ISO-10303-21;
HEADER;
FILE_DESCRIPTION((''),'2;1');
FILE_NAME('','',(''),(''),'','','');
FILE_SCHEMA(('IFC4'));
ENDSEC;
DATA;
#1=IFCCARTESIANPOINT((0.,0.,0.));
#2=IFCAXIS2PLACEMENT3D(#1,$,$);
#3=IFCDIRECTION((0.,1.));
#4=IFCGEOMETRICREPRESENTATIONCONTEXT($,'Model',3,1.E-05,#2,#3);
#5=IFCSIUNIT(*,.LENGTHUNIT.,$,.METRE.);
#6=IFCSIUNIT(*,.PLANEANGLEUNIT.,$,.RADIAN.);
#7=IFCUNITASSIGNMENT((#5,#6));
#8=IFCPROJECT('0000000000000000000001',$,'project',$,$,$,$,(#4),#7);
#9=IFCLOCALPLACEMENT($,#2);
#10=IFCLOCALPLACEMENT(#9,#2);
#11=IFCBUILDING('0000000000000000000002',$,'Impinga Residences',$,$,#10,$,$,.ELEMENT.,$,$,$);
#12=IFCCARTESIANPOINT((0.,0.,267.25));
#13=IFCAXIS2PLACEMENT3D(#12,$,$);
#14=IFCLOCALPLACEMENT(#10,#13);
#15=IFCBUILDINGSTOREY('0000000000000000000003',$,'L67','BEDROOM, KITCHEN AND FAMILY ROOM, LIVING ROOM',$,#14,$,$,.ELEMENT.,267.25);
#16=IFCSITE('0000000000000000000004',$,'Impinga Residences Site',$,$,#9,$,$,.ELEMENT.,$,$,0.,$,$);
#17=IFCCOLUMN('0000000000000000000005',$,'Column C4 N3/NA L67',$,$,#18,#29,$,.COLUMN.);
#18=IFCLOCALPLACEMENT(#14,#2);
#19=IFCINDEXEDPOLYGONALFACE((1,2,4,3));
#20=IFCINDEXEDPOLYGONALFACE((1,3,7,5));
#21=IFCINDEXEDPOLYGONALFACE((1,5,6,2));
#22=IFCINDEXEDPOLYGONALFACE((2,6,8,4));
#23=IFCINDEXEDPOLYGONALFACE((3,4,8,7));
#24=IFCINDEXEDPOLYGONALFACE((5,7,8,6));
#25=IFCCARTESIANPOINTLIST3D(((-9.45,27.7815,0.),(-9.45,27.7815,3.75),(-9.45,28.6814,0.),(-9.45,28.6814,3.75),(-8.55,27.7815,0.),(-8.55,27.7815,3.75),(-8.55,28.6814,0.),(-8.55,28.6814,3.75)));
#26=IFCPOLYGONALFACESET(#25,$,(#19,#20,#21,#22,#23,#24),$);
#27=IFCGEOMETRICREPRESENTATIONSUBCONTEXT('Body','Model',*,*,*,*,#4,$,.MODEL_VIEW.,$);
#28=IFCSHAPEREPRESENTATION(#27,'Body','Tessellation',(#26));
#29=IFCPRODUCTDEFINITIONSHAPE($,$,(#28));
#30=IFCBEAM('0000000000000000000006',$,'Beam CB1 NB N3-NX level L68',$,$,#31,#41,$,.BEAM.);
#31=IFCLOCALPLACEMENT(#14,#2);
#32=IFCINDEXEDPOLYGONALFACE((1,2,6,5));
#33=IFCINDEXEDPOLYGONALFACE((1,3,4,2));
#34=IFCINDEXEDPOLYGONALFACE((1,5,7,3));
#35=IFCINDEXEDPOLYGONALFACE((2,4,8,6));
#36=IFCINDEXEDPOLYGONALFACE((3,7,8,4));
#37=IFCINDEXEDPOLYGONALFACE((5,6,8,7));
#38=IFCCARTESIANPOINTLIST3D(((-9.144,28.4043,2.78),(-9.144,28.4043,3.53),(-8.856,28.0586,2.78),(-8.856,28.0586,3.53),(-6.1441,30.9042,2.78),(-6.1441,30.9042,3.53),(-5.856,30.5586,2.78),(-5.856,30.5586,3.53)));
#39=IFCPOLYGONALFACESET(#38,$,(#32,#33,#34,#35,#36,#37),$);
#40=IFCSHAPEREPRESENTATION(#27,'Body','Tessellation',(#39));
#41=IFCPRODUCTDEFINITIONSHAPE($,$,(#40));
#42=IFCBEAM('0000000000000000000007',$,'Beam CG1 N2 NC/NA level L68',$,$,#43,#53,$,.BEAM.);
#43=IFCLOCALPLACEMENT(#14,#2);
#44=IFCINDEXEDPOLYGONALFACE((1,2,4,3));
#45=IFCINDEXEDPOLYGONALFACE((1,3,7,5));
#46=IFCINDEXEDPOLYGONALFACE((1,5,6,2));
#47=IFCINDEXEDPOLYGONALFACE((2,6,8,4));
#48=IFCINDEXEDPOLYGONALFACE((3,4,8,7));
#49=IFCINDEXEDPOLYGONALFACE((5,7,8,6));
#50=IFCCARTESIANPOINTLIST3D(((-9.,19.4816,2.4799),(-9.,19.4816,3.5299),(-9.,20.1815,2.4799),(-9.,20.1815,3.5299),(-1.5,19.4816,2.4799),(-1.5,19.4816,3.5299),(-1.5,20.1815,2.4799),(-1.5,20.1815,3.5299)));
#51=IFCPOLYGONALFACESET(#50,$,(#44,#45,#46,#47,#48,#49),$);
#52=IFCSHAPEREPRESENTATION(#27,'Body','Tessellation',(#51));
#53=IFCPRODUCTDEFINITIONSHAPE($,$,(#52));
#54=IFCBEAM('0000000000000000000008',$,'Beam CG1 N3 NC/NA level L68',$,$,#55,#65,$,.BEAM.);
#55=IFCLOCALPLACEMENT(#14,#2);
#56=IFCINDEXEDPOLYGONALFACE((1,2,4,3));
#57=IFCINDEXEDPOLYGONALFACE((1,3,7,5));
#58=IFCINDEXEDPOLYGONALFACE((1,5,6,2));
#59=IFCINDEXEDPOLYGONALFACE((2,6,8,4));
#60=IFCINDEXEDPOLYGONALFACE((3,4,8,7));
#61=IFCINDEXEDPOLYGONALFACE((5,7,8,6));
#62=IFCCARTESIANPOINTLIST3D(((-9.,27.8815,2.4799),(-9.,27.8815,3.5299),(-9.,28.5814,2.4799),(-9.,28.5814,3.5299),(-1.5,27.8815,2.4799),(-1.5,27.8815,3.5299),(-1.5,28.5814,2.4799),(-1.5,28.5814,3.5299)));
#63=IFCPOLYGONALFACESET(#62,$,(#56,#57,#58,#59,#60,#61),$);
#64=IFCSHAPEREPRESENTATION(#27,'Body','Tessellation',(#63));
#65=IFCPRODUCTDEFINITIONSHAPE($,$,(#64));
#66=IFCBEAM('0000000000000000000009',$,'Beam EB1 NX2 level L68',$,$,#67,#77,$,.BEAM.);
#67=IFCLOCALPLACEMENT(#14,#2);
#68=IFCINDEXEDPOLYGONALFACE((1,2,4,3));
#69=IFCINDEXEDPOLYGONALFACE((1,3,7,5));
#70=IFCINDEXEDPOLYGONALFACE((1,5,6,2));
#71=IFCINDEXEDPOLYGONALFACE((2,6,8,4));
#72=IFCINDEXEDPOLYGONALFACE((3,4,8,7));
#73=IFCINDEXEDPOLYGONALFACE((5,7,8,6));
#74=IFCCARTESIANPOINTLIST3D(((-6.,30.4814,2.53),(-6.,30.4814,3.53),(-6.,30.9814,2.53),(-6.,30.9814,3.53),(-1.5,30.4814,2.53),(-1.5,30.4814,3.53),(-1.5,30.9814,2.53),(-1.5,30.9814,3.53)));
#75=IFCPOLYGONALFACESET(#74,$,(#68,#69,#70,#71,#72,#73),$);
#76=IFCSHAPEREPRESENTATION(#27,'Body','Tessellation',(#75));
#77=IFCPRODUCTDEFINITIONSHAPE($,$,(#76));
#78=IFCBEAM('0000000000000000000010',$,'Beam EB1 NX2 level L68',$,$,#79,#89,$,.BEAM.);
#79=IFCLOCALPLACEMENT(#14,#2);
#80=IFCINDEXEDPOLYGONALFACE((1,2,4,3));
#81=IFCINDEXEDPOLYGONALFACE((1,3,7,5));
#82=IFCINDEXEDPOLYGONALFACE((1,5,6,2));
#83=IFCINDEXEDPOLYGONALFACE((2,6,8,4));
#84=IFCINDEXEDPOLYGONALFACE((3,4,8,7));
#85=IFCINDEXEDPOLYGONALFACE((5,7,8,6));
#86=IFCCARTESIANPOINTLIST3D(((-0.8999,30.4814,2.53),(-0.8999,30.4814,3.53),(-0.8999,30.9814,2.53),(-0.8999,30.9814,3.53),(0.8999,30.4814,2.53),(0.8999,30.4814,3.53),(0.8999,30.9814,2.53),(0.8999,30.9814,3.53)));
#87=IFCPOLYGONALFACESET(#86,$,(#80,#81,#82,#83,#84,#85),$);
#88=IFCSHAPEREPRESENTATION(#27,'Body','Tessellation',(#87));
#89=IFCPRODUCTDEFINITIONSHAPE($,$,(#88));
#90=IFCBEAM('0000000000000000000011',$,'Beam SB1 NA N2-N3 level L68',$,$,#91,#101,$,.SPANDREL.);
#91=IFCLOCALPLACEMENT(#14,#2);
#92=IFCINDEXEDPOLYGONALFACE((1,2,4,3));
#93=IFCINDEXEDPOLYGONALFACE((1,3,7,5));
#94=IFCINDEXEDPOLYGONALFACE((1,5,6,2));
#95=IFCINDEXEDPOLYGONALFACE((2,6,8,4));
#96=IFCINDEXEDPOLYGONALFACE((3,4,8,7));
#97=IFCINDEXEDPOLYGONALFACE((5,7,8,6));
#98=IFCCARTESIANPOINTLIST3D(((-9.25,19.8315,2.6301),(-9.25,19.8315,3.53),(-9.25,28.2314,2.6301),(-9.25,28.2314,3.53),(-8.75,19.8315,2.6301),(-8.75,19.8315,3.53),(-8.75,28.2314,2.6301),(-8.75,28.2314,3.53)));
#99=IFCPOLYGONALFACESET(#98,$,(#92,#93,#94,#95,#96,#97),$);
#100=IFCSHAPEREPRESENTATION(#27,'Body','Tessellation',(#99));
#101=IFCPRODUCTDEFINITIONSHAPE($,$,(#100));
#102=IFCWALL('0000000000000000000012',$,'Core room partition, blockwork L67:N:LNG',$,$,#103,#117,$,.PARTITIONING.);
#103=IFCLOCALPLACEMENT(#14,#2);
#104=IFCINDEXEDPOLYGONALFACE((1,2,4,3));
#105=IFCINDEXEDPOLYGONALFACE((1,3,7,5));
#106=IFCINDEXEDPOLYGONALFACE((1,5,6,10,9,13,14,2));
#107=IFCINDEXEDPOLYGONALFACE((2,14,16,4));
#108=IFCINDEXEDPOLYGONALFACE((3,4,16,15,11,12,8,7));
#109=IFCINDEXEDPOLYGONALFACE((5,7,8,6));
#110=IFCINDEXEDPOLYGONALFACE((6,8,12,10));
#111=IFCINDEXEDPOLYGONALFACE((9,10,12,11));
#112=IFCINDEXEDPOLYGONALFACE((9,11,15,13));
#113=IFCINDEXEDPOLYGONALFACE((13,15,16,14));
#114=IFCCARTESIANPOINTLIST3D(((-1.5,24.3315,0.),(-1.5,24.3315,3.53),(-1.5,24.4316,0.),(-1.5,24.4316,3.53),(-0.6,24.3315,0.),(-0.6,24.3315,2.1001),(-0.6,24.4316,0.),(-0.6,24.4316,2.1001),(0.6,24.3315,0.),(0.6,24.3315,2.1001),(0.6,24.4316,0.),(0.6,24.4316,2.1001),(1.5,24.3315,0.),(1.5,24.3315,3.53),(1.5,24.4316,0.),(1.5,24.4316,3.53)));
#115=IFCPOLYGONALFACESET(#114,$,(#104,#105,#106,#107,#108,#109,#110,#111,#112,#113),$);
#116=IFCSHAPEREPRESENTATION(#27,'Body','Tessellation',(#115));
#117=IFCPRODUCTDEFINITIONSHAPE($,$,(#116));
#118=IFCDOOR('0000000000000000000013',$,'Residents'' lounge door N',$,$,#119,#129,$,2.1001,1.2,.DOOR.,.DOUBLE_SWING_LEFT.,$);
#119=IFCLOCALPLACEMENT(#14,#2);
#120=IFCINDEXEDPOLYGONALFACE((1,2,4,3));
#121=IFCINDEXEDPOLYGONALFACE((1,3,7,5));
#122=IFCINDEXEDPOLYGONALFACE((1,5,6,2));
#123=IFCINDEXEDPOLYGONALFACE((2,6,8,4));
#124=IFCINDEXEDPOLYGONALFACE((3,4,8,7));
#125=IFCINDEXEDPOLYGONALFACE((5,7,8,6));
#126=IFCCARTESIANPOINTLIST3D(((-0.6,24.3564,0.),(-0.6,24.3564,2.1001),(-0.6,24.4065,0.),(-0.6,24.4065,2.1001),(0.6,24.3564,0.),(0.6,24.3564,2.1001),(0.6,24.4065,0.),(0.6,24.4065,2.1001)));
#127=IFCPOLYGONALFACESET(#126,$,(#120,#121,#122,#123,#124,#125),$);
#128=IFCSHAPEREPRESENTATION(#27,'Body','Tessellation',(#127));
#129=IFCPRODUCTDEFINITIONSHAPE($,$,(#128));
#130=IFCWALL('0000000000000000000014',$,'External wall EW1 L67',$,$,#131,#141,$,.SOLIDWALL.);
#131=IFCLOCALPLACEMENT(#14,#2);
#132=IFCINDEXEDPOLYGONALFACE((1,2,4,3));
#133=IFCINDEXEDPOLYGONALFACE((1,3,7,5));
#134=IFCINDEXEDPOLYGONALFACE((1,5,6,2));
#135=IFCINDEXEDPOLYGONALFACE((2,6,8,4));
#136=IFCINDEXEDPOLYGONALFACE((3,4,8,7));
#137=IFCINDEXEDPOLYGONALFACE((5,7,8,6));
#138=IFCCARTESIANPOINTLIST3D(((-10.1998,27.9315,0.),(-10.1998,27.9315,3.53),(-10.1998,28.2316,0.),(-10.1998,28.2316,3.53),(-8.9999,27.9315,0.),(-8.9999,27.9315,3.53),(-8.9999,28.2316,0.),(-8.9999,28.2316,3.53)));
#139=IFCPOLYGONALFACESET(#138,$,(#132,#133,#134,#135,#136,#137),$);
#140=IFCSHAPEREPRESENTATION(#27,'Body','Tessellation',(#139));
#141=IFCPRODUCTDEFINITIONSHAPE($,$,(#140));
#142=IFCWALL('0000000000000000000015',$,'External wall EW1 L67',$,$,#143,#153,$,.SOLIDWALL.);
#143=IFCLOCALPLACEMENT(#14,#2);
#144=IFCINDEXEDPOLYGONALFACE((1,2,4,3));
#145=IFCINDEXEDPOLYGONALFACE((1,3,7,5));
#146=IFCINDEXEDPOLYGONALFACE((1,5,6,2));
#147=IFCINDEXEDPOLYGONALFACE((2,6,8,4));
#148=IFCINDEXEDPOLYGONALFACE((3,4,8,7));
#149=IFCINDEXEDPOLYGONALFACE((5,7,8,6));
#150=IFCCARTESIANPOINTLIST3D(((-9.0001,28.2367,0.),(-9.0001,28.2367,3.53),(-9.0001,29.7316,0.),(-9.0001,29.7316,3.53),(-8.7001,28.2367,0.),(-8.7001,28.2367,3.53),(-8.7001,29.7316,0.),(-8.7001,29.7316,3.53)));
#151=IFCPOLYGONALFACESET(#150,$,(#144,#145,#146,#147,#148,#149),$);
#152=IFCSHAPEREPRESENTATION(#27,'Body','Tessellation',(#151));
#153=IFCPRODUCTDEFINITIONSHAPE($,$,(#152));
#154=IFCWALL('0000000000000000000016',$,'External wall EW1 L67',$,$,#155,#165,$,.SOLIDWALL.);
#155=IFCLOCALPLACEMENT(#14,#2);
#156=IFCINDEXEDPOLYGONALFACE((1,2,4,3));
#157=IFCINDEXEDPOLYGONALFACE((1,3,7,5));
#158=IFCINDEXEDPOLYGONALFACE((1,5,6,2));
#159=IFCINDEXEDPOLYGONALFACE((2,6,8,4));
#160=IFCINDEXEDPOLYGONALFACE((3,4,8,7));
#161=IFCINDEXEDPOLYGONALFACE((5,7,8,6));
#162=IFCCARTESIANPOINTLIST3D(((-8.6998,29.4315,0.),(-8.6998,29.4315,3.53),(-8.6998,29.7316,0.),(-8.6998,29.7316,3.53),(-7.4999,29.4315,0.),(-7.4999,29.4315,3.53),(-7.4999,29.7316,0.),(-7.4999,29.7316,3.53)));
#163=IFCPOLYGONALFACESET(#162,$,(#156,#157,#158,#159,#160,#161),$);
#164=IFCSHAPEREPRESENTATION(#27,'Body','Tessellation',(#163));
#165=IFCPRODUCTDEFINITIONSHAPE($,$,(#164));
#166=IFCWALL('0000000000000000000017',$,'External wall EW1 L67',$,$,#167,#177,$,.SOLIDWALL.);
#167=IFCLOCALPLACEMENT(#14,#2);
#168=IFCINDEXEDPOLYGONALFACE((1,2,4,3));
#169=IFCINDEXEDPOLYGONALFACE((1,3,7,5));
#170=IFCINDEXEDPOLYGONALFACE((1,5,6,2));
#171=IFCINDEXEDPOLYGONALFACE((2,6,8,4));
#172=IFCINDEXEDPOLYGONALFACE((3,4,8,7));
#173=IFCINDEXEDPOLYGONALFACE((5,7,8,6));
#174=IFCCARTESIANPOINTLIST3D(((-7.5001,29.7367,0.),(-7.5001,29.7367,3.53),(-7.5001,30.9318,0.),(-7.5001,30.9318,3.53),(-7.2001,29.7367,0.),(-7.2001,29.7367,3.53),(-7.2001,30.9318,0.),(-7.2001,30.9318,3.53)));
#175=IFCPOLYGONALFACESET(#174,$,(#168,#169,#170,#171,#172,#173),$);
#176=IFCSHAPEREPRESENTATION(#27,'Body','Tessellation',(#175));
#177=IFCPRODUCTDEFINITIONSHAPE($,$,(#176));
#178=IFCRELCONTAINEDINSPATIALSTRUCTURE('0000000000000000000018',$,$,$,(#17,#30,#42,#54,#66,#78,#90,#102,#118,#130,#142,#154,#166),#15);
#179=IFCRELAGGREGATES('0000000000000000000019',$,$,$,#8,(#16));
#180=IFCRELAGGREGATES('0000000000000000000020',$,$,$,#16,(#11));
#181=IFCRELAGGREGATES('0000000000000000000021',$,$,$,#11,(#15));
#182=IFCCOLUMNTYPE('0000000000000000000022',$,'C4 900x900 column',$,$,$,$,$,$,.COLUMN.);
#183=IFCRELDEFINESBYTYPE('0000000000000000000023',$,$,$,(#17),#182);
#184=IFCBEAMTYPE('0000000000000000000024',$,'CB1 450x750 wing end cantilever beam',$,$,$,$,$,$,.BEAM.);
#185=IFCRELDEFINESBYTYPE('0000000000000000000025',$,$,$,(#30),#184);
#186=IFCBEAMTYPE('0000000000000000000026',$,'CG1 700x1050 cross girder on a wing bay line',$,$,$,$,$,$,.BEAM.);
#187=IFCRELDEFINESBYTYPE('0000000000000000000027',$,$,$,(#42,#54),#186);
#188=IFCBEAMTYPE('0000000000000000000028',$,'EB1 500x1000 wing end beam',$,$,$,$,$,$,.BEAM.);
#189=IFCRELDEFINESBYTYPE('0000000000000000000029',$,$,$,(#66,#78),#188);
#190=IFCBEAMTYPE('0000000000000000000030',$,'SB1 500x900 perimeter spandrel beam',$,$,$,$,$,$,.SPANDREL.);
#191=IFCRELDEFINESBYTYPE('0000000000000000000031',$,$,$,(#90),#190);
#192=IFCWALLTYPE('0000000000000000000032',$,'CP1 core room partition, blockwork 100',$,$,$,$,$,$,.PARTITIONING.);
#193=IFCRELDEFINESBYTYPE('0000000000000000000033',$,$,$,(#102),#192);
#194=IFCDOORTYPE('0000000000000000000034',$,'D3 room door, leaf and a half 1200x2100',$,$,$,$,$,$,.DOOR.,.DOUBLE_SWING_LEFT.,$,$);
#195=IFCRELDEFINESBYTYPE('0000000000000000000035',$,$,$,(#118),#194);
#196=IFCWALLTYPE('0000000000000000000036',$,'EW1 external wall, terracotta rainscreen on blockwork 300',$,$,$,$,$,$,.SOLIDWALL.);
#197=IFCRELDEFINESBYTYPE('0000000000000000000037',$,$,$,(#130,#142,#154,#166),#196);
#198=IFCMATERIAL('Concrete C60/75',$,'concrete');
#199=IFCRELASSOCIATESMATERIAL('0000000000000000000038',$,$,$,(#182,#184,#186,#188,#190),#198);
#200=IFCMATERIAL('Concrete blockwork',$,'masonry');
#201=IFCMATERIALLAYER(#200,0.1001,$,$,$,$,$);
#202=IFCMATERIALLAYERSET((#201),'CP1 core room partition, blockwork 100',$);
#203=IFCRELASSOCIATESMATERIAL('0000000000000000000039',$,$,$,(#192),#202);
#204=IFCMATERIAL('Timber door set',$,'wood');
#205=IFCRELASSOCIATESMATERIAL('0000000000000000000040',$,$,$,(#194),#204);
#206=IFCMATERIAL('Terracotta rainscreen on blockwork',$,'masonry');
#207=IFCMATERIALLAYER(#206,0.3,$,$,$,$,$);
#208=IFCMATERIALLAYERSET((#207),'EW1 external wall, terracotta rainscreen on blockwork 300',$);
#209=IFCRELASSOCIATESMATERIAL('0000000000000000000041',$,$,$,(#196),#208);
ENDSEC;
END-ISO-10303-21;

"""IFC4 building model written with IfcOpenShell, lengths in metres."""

from ifc_helpers import new_model, si_unit, direction, frame, frame_2d, origin, origin_2d, place, context, subcontext, project, spatial, rectangle, extrude, material, layer, layer_set, material_profile, profile_set, type_object, element, fill, save


model = new_model("IFC4")

# Units and contexts
model_context = context("Model", 3, precision=1e-05, world=origin(), true_north=direction((0.0, 1.0)))
body_context = subcontext(model_context, "Body", "Model", "MODEL_VIEW")
ifc_project = project(units=[si_unit("LENGTHUNIT", "METRE"), si_unit("PLANEANGLEUNIT", "RADIAN")], contexts=[model_context])

# Site, building, storey
site_placement = place(None, origin())
site = spatial("IfcSite", under=ifc_project, at=site_placement, Name="Impinga Residences Site", CompositionType="ELEMENT", RefElevation=0.0)
building_placement = place(site_placement, origin())
building = spatial("IfcBuilding", under=site, at=building_placement, Name="Impinga Residences", CompositionType="ELEMENT")
storey_placement = place(building_placement, frame((0.0, 0.0, 267.25)))
storey = spatial("IfcBuildingStorey", under=building, at=storey_placement, Name="L67", Description="BEDROOM, KITCHEN AND FAMILY ROOM, LIVING ROOM", CompositionType="ELEMENT", Elevation=267.25)

# Column
ifc_material_1 = material(Name="Concrete C60/75", Category="concrete")
ifc_material_profile_1 = material_profile(ifc_material_1, rectangle(XDim=0.8999, YDim=0.8999, at=origin_2d()), Name="RC 900x900")
ifc_profile_set_1 = profile_set([ifc_material_profile_1], Name="Concrete C60/75")
column_type = type_object("IfcColumnType", Name="C4 900x900 column", PredefinedType="COLUMN", material=ifc_profile_set_1)
column_placement = place(storey_placement, frame((-9.0, 28.2314, 0.0), z_axis=(0.0, 0.0, 1.0), x_axis=(1.0, 0.0, 0.0)))
element("IfcColumn", 1, at=column_placement, inside=storey, type_object=column_type, Name="Column C4 N3/NA L67", PredefinedType="COLUMN", context=body_context, shape_type="SweptSolid", body=[
    extrude(rectangle(XDim=0.8999, YDim=0.8999, at=origin_2d()), origin(), (0.0, 0.0, 1.0), 3.75),
])

# Beams
ifc_material_profile_2 = material_profile(ifc_material_1, rectangle(XDim=0.45, YDim=0.75, at=origin_2d()), Name="RC 450x750")
ifc_profile_set_2 = profile_set([ifc_material_profile_2], Name="Concrete C60/75")
beam_type_1 = type_object("IfcBeamType", Name="CB1 450x750 wing end cantilever beam", PredefinedType="BEAM", material=ifc_profile_set_2)
beam_1_placement = place(storey_placement, frame((-9.0, 28.2314, 3.155), z_axis=(0.768221, 0.640184, 0.0), x_axis=(-0.640184, 0.768221, 0.0)))
element("IfcBeam", 2, at=beam_1_placement, inside=storey, type_object=beam_type_1, Name="Beam CB1 NB N3-NX level L68", PredefinedType="BEAM", context=body_context, shape_type="SweptSolid", body=[
    extrude(rectangle(XDim=0.45, YDim=0.75, at=origin_2d()), origin(), (0.0, 0.0, 1.0), 3.905),
])
ifc_material_profile_3 = material_profile(ifc_material_1, rectangle(XDim=0.7, YDim=1.05, at=origin_2d()), Name="RC 700x1050")
ifc_profile_set_3 = profile_set([ifc_material_profile_3], Name="Concrete C60/75")
beam_type_2 = type_object("IfcBeamType", Name="CG1 700x1050 cross girder on a wing bay line", PredefinedType="BEAM", material=ifc_profile_set_3)
for number, where, z_axis, x_axis, name in (
    (3, (-1.5, 19.8315, 3.0049), (-1.0, 0.0, 0.0), (0.0, -1.0, 0.0), "Beam CG1 N2 NC/NA level L68"),
    (4, (-1.5, 28.2314, 3.0049), (-1.0, 0.0, 0.0), (0.0, -1.0, 0.0), "Beam CG1 N3 NC/NA level L68"),
):
    element("IfcBeam", number, at=place(storey_placement, frame(where, z_axis=z_axis, x_axis=x_axis)), inside=storey, type_object=beam_type_2, Name=name, PredefinedType="BEAM", context=body_context, shape_type="SweptSolid", body=[
        extrude(rectangle(XDim=0.7, YDim=1.05, at=origin_2d()), origin(), (0.0, 0.0, 1.0), 7.5),
    ])
ifc_material_profile_4 = material_profile(ifc_material_1, rectangle(XDim=0.5, YDim=1.0, at=origin_2d()), Name="RC 500x1000")
ifc_profile_set_4 = profile_set([ifc_material_profile_4], Name="Concrete C60/75")
beam_type_3 = type_object("IfcBeamType", Name="EB1 500x1000 wing end beam", PredefinedType="BEAM", material=ifc_profile_set_4)
beam_2_placement = place(storey_placement, frame((-6.0, 30.7314, 3.03), z_axis=(1.0, 0.0, 0.0), x_axis=(0.0, 1.0, 0.0)))
element("IfcBeam", 5, at=beam_2_placement, inside=storey, type_object=beam_type_3, Name="Beam EB1 NX2 level L68", PredefinedType="BEAM", context=body_context, shape_type="SweptSolid", body=[
    extrude(rectangle(XDim=0.5, YDim=1.0, at=origin_2d()), origin(), (0.0, 0.0, 1.0), 4.5),
])
beam_3_placement = place(storey_placement, frame((-0.8999, 30.7314, 3.03), z_axis=(1.0, 0.0, 0.0), x_axis=(0.0, 1.0, 0.0)))
element("IfcBeam", 6, at=beam_3_placement, inside=storey, type_object=beam_type_3, Name="Beam EB1 NX2 level L68", PredefinedType="BEAM", context=body_context, shape_type="SweptSolid", body=[
    extrude(rectangle(XDim=0.5, YDim=1.0, at=origin_2d()), origin(), (0.0, 0.0, 1.0), 1.7998),
])
ifc_material_profile_5 = material_profile(ifc_material_1, rectangle(XDim=0.5, YDim=0.8999, at=origin_2d()), Name="RC 500x900")
ifc_profile_set_5 = profile_set([ifc_material_profile_5], Name="Concrete C60/75")
beam_type_4 = type_object("IfcBeamType", Name="SB1 500x900 perimeter spandrel beam", PredefinedType="SPANDREL", material=ifc_profile_set_5)
beam_4_placement = place(storey_placement, frame((-9.0, 19.8315, 3.0801), z_axis=(0.0, 1.0, 0.0), x_axis=(-1.0, 0.0, 0.0)))
element("IfcBeam", 7, at=beam_4_placement, inside=storey, type_object=beam_type_4, Name="Beam SB1 NA N2-N3 level L68", PredefinedType="SPANDREL", context=body_context, shape_type="SweptSolid", body=[
    extrude(rectangle(XDim=0.5, YDim=0.8999, at=origin_2d()), origin(), (0.0, 0.0, 1.0), 8.3999),
])

# Wall, opening, door
ifc_material_2 = material(Name="Concrete blockwork", Category="masonry")
ifc_layer_1 = layer(ifc_material_2, 0.1001)
ifc_layer_set_1 = layer_set([ifc_layer_1], Name="CP1 core room partition, blockwork 100")
wall_type_1 = type_object("IfcWallType", Name="CP1 core room partition, blockwork 100", PredefinedType="PARTITIONING", material=ifc_layer_set_1)
wall_1_placement = place(storey_placement, frame((-1.5, 24.3816, 0.0), z_axis=(0.0, 0.0, 1.0), x_axis=(1.0, 0.0, 0.0)))
wall_1 = element("IfcWall", 8, at=wall_1_placement, inside=storey, type_object=wall_type_1, Name="Core room partition, blockwork L67:N:LNG", PredefinedType="PARTITIONING", context=body_context, shape_type="SweptSolid", body=[
    extrude(rectangle(XDim=3.0, YDim=0.1001, at=frame_2d((1.5, 0.0))), origin(), (0.0, 0.0, 1.0), 3.53),
])
opening_1_placement = place(wall_1_placement, frame((0.8999, 0.0, 0.0)))
opening_1 = element("IfcOpeningElement", 9, at=opening_1_placement, cuts=wall_1, PredefinedType="OPENING", context=body_context, shape_type="SweptSolid", body=[
    extrude(rectangle(XDim=1.2, YDim=2.1001, at=frame_2d((0.6001, 1.05))), frame((0.0, 0.0601, 0.0), z_axis=(0.0, -1.0, 0.0), x_axis=(1.0, 0.0, 0.0)), (0.0, 0.0, 1.0), 0.1201),
])
ifc_material_3 = material(Name="Timber door set", Category="wood")
door_type_1 = type_object("IfcDoorType", Name="D3 room door, leaf and a half 1200x2100", OperationType="DOUBLE_SWING_LEFT", PredefinedType="DOOR", material=ifc_material_3)
door_1_placement = place(opening_1_placement, origin())
door_1 = element("IfcDoor", 10, at=door_1_placement, inside=storey, type_object=door_type_1, Name="Residents' lounge door N", OperationType="DOUBLE_SWING_LEFT", OverallHeight=2.1001, OverallWidth=1.2, PredefinedType="DOOR", context=body_context, shape_type="SweptSolid", body=[
    extrude(rectangle(XDim=1.2, YDim=2.1001, at=frame_2d((0.6001, 1.05))), frame((0.0, 0.0249, 0.0), z_axis=(0.0, -1.0, 0.0), x_axis=(1.0, 0.0, 0.0)), (0.0, 0.0, 1.0), 0.05),
])
fill(opening_1, door_1)

# Walls
ifc_material_4 = material(Name="Terracotta rainscreen on blockwork", Category="masonry")
ifc_layer_2 = layer(ifc_material_4, 0.3)
ifc_layer_set_2 = layer_set([ifc_layer_2], Name="EW1 external wall, terracotta rainscreen on blockwork 300")
wall_type_2 = type_object("IfcWallType", Name="EW1 external wall, terracotta rainscreen on blockwork 300", PredefinedType="SOLIDWALL", material=ifc_layer_set_2)
wall_2_placement = place(storey_placement, frame((-10.2, 28.0815, 0.0), z_axis=(0.0, 0.0, 1.0), x_axis=(1.0, 0.0, 0.0)))
element("IfcWall", 11, at=wall_2_placement, inside=storey, type_object=wall_type_2, Name="External wall EW1 L67", PredefinedType="SOLIDWALL", context=body_context, shape_type="SweptSolid", body=[
    extrude(rectangle(XDim=1.2, YDim=0.3, at=frame_2d((0.6001, 0.0))), origin(), (0.0, 0.0, 1.0), 3.53),
])
wall_3_placement = place(storey_placement, frame((-8.8501, 28.2366, 0.0), z_axis=(0.0, 0.0, 1.0), x_axis=(0.0, 1.0, 0.0)))
element("IfcWall", 12, at=wall_3_placement, inside=storey, type_object=wall_type_2, Name="External wall EW1 L67", PredefinedType="SOLIDWALL", context=body_context, shape_type="SweptSolid", body=[
    extrude(rectangle(XDim=1.4949, YDim=0.3, at=frame_2d((0.7476, 0.0))), origin(), (0.0, 0.0, 1.0), 3.53),
])
wall_4_placement = place(storey_placement, frame((-8.7, 29.5815, 0.0), z_axis=(0.0, 0.0, 1.0), x_axis=(1.0, 0.0, 0.0)))
element("IfcWall", 13, at=wall_4_placement, inside=storey, type_object=wall_type_2, Name="External wall EW1 L67", PredefinedType="SOLIDWALL", context=body_context, shape_type="SweptSolid", body=[
    extrude(rectangle(XDim=1.2, YDim=0.3, at=frame_2d((0.6001, 0.0))), origin(), (0.0, 0.0, 1.0), 3.53),
])
wall_5_placement = place(storey_placement, frame((-7.3501, 29.7366, 0.0), z_axis=(0.0, 0.0, 1.0), x_axis=(0.0, 1.0, 0.0)))
element("IfcWall", 14, at=wall_5_placement, inside=storey, type_object=wall_type_2, Name="External wall EW1 L67", PredefinedType="SOLIDWALL", context=body_context, shape_type="SweptSolid", body=[
    extrude(rectangle(XDim=1.1951, YDim=0.3, at=frame_2d((0.5977, 0.0))), origin(), (0.0, 0.0, 1.0), 3.53),
])

save(model, "model.ifc")
